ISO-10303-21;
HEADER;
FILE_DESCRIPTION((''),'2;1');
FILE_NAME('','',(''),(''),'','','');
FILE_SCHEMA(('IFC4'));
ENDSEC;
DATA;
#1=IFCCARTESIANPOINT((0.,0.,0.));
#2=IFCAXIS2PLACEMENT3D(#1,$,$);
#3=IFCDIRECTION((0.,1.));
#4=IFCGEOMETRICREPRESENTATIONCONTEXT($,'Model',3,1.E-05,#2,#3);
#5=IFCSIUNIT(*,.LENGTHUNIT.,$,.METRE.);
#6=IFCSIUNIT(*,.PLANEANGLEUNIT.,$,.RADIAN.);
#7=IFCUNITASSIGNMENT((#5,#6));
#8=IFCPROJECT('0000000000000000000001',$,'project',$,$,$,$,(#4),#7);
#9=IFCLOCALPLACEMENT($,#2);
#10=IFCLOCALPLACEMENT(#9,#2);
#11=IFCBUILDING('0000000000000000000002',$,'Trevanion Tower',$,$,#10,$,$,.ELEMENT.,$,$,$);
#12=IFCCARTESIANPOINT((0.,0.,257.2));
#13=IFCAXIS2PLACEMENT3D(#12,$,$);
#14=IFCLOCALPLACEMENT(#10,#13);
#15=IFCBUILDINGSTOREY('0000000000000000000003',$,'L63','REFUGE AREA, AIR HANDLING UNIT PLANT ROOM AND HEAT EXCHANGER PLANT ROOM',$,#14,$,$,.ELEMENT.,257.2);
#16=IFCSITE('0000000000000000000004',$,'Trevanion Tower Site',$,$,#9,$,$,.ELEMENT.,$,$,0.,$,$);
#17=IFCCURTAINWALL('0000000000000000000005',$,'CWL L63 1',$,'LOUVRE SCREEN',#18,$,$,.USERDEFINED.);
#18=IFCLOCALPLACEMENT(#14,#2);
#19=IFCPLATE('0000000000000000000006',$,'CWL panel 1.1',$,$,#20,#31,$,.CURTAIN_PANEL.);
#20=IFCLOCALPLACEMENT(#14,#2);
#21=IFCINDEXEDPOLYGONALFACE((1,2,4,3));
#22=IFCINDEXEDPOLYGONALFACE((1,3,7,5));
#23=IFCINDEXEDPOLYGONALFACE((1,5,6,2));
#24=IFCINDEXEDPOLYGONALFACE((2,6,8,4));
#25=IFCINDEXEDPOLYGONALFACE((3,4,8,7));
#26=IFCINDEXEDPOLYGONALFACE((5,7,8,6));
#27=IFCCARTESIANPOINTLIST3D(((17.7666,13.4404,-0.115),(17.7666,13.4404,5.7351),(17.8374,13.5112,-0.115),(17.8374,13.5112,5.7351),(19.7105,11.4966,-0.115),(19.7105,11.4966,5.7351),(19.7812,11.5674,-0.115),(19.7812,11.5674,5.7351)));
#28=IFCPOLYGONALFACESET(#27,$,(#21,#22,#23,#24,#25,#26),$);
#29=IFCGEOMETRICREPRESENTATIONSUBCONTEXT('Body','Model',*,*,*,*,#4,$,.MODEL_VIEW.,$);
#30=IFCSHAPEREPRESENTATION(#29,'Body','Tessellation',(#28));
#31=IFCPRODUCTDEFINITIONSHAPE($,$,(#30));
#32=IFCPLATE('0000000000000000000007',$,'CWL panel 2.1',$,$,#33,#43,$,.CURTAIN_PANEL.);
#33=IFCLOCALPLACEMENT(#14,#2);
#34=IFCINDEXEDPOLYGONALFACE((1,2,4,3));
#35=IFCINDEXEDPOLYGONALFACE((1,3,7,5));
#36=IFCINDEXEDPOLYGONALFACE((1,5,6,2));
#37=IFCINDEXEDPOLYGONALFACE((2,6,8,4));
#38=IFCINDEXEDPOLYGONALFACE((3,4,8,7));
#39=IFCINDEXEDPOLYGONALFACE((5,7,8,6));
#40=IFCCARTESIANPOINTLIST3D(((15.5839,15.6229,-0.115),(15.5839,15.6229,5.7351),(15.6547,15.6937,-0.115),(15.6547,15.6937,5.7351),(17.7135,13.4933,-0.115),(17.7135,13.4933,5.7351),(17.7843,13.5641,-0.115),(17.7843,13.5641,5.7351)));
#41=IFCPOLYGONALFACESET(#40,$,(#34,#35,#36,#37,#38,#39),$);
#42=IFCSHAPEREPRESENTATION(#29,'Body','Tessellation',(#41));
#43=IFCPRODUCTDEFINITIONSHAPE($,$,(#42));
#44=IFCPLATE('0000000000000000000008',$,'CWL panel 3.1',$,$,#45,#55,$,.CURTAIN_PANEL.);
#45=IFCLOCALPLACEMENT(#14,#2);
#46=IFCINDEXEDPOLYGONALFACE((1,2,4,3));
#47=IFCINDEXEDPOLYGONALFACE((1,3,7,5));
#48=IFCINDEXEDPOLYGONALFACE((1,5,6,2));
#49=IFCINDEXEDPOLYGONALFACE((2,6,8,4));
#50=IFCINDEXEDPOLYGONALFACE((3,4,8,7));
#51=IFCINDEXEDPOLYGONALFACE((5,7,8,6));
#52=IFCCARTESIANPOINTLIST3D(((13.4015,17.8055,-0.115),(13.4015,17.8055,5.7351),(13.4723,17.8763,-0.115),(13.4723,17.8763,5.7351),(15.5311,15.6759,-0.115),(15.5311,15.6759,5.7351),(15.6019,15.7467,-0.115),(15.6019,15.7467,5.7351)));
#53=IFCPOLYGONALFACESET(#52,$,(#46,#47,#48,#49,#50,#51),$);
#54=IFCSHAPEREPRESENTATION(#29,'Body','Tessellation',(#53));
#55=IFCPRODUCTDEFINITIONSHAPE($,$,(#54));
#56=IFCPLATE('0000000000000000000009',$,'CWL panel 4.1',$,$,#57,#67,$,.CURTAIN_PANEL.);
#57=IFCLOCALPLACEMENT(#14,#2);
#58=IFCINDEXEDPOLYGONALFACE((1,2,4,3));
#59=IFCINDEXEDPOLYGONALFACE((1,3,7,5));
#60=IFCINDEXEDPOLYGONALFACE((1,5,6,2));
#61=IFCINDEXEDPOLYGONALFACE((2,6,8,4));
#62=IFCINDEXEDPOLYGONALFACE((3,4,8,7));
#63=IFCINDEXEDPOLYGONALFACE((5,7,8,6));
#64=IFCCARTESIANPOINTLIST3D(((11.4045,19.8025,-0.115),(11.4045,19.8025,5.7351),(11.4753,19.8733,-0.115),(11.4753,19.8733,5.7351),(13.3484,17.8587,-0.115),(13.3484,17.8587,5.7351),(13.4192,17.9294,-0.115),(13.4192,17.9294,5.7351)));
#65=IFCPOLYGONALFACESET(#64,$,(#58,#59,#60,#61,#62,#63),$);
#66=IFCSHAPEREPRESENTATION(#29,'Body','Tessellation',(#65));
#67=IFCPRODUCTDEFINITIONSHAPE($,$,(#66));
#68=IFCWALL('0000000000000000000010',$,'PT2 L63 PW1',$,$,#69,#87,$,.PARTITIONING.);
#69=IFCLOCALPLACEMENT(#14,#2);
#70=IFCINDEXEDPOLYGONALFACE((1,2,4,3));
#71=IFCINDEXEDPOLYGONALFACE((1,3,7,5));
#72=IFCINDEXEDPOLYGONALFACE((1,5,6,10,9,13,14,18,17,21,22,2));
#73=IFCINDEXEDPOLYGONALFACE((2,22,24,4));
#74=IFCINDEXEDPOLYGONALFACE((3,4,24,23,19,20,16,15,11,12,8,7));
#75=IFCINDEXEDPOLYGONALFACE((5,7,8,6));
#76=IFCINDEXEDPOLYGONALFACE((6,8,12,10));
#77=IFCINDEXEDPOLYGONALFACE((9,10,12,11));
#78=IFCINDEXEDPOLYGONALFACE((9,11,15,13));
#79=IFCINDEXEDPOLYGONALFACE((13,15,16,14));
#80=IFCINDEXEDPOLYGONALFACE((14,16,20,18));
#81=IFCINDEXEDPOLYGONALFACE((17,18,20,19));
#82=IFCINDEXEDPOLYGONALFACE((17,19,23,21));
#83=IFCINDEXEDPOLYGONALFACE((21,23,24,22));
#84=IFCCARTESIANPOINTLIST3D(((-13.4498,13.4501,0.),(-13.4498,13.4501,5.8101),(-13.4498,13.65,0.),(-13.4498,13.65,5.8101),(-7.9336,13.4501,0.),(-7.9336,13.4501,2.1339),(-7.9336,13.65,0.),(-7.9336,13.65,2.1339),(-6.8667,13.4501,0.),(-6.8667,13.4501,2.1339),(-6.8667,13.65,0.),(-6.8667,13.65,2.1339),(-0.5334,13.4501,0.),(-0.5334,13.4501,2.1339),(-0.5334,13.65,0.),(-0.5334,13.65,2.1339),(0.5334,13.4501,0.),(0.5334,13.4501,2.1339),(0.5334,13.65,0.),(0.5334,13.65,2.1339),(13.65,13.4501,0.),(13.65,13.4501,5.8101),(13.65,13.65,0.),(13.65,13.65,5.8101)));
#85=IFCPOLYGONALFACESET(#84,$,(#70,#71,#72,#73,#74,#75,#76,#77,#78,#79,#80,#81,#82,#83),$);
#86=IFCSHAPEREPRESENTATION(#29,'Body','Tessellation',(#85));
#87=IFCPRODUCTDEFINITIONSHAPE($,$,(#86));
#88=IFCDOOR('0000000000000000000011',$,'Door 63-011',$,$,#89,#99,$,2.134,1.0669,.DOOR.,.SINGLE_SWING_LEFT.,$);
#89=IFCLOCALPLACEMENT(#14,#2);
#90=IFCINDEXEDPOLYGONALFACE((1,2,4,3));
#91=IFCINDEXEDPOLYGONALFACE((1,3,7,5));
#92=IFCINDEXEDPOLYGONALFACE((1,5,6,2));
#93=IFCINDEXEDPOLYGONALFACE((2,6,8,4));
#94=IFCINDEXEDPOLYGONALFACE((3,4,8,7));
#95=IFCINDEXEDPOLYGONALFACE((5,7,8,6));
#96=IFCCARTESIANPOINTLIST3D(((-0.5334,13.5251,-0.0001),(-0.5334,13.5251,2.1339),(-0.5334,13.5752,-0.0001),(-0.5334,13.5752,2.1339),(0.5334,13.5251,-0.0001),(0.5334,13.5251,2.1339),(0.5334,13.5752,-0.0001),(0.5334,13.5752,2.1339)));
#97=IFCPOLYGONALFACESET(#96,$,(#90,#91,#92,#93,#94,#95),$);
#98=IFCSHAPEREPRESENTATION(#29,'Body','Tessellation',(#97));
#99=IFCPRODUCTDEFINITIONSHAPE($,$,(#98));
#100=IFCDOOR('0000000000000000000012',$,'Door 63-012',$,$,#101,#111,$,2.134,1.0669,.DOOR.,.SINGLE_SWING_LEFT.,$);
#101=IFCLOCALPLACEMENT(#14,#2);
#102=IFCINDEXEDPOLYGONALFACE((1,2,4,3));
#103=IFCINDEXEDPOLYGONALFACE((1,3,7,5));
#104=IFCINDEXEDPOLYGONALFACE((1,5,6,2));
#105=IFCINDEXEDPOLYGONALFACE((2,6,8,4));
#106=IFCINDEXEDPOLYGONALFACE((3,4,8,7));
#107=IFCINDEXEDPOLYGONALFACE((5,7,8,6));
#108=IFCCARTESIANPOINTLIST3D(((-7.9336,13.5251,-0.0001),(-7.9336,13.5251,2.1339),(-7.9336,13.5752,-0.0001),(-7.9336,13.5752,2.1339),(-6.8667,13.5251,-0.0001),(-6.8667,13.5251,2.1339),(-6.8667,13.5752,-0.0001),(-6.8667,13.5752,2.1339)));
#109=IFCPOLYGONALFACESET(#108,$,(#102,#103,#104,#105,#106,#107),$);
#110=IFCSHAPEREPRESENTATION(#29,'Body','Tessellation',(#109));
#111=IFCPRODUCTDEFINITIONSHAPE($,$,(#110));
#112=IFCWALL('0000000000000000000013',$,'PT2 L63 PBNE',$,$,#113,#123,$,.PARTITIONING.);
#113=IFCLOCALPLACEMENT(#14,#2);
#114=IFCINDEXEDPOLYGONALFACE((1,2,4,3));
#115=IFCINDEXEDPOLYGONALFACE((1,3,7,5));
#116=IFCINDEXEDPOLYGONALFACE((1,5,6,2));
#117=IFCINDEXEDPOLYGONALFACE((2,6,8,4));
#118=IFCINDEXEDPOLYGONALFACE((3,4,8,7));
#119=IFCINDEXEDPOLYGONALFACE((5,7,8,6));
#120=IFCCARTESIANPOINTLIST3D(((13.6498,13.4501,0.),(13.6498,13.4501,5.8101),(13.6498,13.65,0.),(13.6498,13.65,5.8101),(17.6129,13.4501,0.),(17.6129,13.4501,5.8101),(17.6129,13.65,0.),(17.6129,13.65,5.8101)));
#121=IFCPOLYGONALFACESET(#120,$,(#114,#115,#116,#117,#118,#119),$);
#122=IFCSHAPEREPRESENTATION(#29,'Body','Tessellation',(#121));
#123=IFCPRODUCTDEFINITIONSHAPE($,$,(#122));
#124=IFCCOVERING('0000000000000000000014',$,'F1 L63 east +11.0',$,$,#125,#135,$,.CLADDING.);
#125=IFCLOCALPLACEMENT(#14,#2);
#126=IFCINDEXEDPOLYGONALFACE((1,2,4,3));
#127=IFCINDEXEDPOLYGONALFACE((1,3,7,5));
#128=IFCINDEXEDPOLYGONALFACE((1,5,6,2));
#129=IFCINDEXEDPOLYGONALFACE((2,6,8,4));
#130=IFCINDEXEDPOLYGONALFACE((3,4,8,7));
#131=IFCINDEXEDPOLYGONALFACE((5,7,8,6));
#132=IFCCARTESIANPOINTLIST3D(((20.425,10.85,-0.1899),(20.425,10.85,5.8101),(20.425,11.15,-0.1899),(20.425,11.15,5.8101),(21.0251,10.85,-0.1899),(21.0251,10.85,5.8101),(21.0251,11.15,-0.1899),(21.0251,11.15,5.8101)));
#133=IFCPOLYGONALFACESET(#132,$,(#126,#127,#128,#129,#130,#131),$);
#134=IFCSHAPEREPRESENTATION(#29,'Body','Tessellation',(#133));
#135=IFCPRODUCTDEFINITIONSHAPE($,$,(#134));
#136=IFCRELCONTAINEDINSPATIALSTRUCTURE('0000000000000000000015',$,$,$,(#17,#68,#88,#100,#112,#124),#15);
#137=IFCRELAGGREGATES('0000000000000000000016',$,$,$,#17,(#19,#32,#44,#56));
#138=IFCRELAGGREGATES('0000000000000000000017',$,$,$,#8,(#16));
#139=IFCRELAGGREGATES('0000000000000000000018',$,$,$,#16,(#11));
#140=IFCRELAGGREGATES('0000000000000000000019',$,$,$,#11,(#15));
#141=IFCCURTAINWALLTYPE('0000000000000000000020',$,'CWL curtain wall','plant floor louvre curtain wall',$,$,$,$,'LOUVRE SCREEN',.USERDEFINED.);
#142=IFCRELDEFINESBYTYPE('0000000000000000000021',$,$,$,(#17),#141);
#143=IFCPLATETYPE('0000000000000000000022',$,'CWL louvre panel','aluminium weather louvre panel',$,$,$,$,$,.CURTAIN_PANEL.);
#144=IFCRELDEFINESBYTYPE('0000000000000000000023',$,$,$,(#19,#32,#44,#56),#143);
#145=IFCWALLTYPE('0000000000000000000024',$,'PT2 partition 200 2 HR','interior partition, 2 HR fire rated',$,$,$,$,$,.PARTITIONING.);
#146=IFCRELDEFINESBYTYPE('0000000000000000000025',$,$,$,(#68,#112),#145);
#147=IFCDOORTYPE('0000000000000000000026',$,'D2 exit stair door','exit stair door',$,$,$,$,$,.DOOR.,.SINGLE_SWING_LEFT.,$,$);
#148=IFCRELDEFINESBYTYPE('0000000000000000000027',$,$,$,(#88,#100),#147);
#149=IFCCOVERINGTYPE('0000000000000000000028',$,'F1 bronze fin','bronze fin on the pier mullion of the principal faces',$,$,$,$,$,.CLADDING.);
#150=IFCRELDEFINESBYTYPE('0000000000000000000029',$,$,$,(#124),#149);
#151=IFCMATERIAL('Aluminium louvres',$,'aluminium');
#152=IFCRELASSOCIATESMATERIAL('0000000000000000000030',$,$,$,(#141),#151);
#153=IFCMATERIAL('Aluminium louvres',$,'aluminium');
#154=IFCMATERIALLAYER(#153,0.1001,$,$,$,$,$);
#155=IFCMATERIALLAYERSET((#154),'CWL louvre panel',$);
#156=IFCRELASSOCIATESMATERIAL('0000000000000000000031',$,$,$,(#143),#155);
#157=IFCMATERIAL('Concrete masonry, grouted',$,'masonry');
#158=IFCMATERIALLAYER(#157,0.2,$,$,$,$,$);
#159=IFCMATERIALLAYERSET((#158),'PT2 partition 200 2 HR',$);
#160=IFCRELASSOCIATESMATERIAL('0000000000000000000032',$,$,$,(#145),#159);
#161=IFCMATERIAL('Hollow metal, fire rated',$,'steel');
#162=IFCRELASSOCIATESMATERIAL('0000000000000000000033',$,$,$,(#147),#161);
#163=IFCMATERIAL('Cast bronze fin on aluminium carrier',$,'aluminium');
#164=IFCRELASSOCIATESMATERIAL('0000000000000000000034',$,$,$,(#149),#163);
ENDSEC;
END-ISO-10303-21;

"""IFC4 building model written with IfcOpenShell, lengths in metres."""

from ifc_helpers import new_model, si_unit, direction, frame, frame_2d, origin, origin_2d, place, context, subcontext, project, spatial, rectangle, extrude, material, layer, layer_set, type_object, element, fill, aggregate, save


model = new_model("IFC4")

# Units and contexts
model_context = context("Model", 3, precision=1e-05, world=origin(), true_north=direction((0.0, 1.0)))
body_context = subcontext(model_context, "Body", "Model", "MODEL_VIEW")
ifc_project = project(units=[si_unit("LENGTHUNIT", "METRE"), si_unit("PLANEANGLEUNIT", "RADIAN")], contexts=[model_context])

# Site, building, storey
site_placement = place(None, origin())
site = spatial("IfcSite", under=ifc_project, at=site_placement, Name="Trevanion Tower Site", CompositionType="ELEMENT", RefElevation=0.0)
building_placement = place(site_placement, origin())
building = spatial("IfcBuilding", under=site, at=building_placement, Name="Trevanion Tower", CompositionType="ELEMENT")
storey_placement = place(building_placement, frame((0.0, 0.0, 257.2)))
storey = spatial("IfcBuildingStorey", under=building, at=storey_placement, Name="L63", Description="REFUGE AREA, AIR HANDLING UNIT PLANT ROOM AND HEAT EXCHANGER PLANT ROOM", CompositionType="ELEMENT", Elevation=257.2)

# Shared definitions
ifc_material_1 = material(Name="Aluminium louvres", Category="aluminium")
curtain_wall_type = type_object("IfcCurtainWallType", Name="CWL curtain wall", Description="plant floor louvre curtain wall", ElementType="LOUVRE SCREEN", PredefinedType="USERDEFINED", material=ifc_material_1)

# Curtain wall
curtain_wall_1_placement = place(storey_placement, origin())
curtain_wall_1 = element("IfcCurtainWall", 1, at=curtain_wall_1_placement, inside=storey, type_object=curtain_wall_type, Name="CWL L63 1", ObjectType="LOUVRE SCREEN", PredefinedType="USERDEFINED")

# Plates
ifc_material_2 = material(Name="Aluminium louvres", Category="aluminium")
ifc_layer_1 = layer(ifc_material_2, 0.1001)
ifc_layer_set_1 = layer_set([ifc_layer_1], Name="CWL louvre panel")
plate_type = type_object("IfcPlateType", Name="CWL louvre panel", Description="aluminium weather louvre panel", PredefinedType="CURTAIN_PANEL", material=ifc_layer_set_1)
plate_1_placement = place(storey_placement, frame((18.7739, 12.5039, -0.115), z_axis=(0.0, 0.0, 1.0), x_axis=(-0.707107, 0.707107, 0.0)))
plate_1 = element("IfcPlate", 2, at=plate_1_placement, type_object=plate_type, Name="CWL panel 1.1", PredefinedType="CURTAIN_PANEL", context=body_context, shape_type="SweptSolid", body=[
    extrude(rectangle(XDim=2.749, YDim=0.1001, at=origin_2d()), origin(), (0.0, 0.0, 1.0), 5.8501),
])
plate_2_placement = place(storey_placement, frame((16.6841, 14.5935, -0.115), z_axis=(0.0, 0.0, 1.0), x_axis=(-0.707107, 0.707107, 0.0)))
plate_2 = element("IfcPlate", 3, at=plate_2_placement, type_object=plate_type, Name="CWL panel 2.1", PredefinedType="CURTAIN_PANEL", context=body_context, shape_type="SweptSolid", body=[
    extrude(rectangle(XDim=3.0117, YDim=0.1001, at=origin_2d()), origin(), (0.0, 0.0, 1.0), 5.8501),
])
plate_3_placement = place(storey_placement, frame((14.5017, 16.7761, -0.115), z_axis=(0.0, 0.0, 1.0), x_axis=(-0.707107, 0.707107, 0.0)))
plate_3 = element("IfcPlate", 4, at=plate_3_placement, type_object=plate_type, Name="CWL panel 3.1", PredefinedType="CURTAIN_PANEL", context=body_context, shape_type="SweptSolid", body=[
    extrude(rectangle(XDim=3.0117, YDim=0.1001, at=origin_2d()), origin(), (0.0, 0.0, 1.0), 5.8501),
])
plate_4_placement = place(storey_placement, frame((12.4119, 18.866, -0.115), z_axis=(0.0, 0.0, 1.0), x_axis=(-0.707107, 0.707107, 0.0)))
plate_4 = element("IfcPlate", 5, at=plate_4_placement, type_object=plate_type, Name="CWL panel 4.1", PredefinedType="CURTAIN_PANEL", context=body_context, shape_type="SweptSolid", body=[
    extrude(rectangle(XDim=2.749, YDim=0.1001, at=origin_2d()), origin(), (0.0, 0.0, 1.0), 5.8501),
])
aggregate(curtain_wall_1, [plate_1, plate_2, plate_3, plate_4])

# Wall, openings, doors
ifc_material_3 = material(Name="Concrete masonry, grouted", Category="masonry")
ifc_layer_2 = layer(ifc_material_3, 0.2)
ifc_layer_set_2 = layer_set([ifc_layer_2], Name="PT2 partition 200 2 HR")
wall_type = type_object("IfcWallType", Name="PT2 partition 200 2 HR", Description="interior partition, 2 HR fire rated", PredefinedType="PARTITIONING", material=ifc_layer_set_2)
wall_1_placement = place(storey_placement, frame((13.6499, 13.55, 0.0), z_axis=(0.0, 0.0, 1.0), x_axis=(-1.0, 0.0, 0.0)))
wall_1 = element("IfcWall", 6, at=wall_1_placement, inside=storey, type_object=wall_type, Name="PT2 L63 PW1", PredefinedType="PARTITIONING", context=body_context, shape_type="SweptSolid", body=[
    extrude(rectangle(XDim=27.0999, YDim=0.2, at=frame_2d((13.5498, 0.0))), origin(), (0.0, 0.0, 1.0), 5.8101),
])
opening_1_placement = place(wall_1_placement, frame((13.1165, 0.0, 0.0)))
opening_1 = element("IfcOpeningElement", 7, at=opening_1_placement, cuts=wall_1, PredefinedType="OPENING", context=body_context, shape_type="SweptSolid", body=[
    extrude(rectangle(XDim=1.0669, YDim=2.134, at=frame_2d((0.5334, 1.0669))), frame((0.0, 0.1099, 0.0), z_axis=(0.0, -1.0, 0.0), x_axis=(1.0, 0.0, 0.0)), (0.0, 0.0, 1.0), 0.22),
])
opening_2_placement = place(wall_1_placement, frame((20.5166, 0.0, 0.0)))
opening_2 = element("IfcOpeningElement", 8, at=opening_2_placement, cuts=wall_1, PredefinedType="OPENING", context=body_context, shape_type="SweptSolid", body=[
    extrude(rectangle(XDim=1.0669, YDim=2.134, at=frame_2d((0.5334, 1.0669))), frame((0.0, 0.1099, 0.0), z_axis=(0.0, -1.0, 0.0), x_axis=(1.0, 0.0, 0.0)), (0.0, 0.0, 1.0), 0.22),
])
ifc_material_4 = material(Name="Hollow metal, fire rated", Category="steel")
door_type = type_object("IfcDoorType", Name="D2 exit stair door", Description="exit stair door", OperationType="SINGLE_SWING_LEFT", PredefinedType="DOOR", material=ifc_material_4)
door_1_placement = place(opening_1_placement, origin())
door_1 = element("IfcDoor", 9, at=door_1_placement, inside=storey, type_object=door_type, Name="Door 63-011", OperationType="SINGLE_SWING_LEFT", OverallHeight=2.134, OverallWidth=1.0669, PredefinedType="DOOR", context=body_context, shape_type="SweptSolid", body=[
    extrude(rectangle(XDim=1.0669, YDim=2.134, at=frame_2d((0.5334, 1.0669))), frame((0.0, 0.0249, 0.0), z_axis=(0.0, -1.0, 0.0), x_axis=(1.0, 0.0, 0.0)), (0.0, 0.0, 1.0), 0.05),
])
fill(opening_1, door_1)
door_2_placement = place(opening_2_placement, origin())
door_2 = element("IfcDoor", 10, at=door_2_placement, inside=storey, type_object=door_type, Name="Door 63-012", OperationType="SINGLE_SWING_LEFT", OverallHeight=2.134, OverallWidth=1.0669, PredefinedType="DOOR", context=body_context, shape_type="SweptSolid", body=[
    extrude(rectangle(XDim=1.0669, YDim=2.134, at=frame_2d((0.5334, 1.0669))), frame((0.0, 0.0249, 0.0), z_axis=(0.0, -1.0, 0.0), x_axis=(1.0, 0.0, 0.0)), (0.0, 0.0, 1.0), 0.05),
])
fill(opening_2, door_2)

# Wall
wall_2_placement = place(storey_placement, frame((13.6499, 13.55, 0.0), z_axis=(0.0, 0.0, 1.0), x_axis=(1.0, 0.0, 0.0)))
element("IfcWall", 11, at=wall_2_placement, inside=storey, type_object=wall_type, Name="PT2 L63 PBNE", PredefinedType="PARTITIONING", context=body_context, shape_type="SweptSolid", body=[
    extrude(rectangle(XDim=3.9631, YDim=0.2, at=frame_2d((1.9814, 0.0))), origin(), (0.0, 0.0, 1.0), 5.8101),
])

# Covering
ifc_material_5 = material(Name="Cast bronze fin on aluminium carrier", Category="aluminium")
covering_type = type_object("IfcCoveringType", Name="F1 bronze fin", Description="bronze fin on the pier mullion of the principal faces", PredefinedType="CLADDING", material=ifc_material_5)
covering_placement = place(storey_placement, frame((20.7251, 11.0, -0.1899), z_axis=(0.0, 0.0, 1.0), x_axis=(0.0, 1.0, 0.0)))
element("IfcCovering", 12, at=covering_placement, inside=storey, type_object=covering_type, Name="F1 L63 east +11.0", PredefinedType="CLADDING", context=body_context, shape_type="SweptSolid", body=[
    extrude(rectangle(XDim=0.3, YDim=0.6001, at=origin_2d()), origin(), (0.0, 0.0, 1.0), 6.0),
])

save(model, "model.ifc")
